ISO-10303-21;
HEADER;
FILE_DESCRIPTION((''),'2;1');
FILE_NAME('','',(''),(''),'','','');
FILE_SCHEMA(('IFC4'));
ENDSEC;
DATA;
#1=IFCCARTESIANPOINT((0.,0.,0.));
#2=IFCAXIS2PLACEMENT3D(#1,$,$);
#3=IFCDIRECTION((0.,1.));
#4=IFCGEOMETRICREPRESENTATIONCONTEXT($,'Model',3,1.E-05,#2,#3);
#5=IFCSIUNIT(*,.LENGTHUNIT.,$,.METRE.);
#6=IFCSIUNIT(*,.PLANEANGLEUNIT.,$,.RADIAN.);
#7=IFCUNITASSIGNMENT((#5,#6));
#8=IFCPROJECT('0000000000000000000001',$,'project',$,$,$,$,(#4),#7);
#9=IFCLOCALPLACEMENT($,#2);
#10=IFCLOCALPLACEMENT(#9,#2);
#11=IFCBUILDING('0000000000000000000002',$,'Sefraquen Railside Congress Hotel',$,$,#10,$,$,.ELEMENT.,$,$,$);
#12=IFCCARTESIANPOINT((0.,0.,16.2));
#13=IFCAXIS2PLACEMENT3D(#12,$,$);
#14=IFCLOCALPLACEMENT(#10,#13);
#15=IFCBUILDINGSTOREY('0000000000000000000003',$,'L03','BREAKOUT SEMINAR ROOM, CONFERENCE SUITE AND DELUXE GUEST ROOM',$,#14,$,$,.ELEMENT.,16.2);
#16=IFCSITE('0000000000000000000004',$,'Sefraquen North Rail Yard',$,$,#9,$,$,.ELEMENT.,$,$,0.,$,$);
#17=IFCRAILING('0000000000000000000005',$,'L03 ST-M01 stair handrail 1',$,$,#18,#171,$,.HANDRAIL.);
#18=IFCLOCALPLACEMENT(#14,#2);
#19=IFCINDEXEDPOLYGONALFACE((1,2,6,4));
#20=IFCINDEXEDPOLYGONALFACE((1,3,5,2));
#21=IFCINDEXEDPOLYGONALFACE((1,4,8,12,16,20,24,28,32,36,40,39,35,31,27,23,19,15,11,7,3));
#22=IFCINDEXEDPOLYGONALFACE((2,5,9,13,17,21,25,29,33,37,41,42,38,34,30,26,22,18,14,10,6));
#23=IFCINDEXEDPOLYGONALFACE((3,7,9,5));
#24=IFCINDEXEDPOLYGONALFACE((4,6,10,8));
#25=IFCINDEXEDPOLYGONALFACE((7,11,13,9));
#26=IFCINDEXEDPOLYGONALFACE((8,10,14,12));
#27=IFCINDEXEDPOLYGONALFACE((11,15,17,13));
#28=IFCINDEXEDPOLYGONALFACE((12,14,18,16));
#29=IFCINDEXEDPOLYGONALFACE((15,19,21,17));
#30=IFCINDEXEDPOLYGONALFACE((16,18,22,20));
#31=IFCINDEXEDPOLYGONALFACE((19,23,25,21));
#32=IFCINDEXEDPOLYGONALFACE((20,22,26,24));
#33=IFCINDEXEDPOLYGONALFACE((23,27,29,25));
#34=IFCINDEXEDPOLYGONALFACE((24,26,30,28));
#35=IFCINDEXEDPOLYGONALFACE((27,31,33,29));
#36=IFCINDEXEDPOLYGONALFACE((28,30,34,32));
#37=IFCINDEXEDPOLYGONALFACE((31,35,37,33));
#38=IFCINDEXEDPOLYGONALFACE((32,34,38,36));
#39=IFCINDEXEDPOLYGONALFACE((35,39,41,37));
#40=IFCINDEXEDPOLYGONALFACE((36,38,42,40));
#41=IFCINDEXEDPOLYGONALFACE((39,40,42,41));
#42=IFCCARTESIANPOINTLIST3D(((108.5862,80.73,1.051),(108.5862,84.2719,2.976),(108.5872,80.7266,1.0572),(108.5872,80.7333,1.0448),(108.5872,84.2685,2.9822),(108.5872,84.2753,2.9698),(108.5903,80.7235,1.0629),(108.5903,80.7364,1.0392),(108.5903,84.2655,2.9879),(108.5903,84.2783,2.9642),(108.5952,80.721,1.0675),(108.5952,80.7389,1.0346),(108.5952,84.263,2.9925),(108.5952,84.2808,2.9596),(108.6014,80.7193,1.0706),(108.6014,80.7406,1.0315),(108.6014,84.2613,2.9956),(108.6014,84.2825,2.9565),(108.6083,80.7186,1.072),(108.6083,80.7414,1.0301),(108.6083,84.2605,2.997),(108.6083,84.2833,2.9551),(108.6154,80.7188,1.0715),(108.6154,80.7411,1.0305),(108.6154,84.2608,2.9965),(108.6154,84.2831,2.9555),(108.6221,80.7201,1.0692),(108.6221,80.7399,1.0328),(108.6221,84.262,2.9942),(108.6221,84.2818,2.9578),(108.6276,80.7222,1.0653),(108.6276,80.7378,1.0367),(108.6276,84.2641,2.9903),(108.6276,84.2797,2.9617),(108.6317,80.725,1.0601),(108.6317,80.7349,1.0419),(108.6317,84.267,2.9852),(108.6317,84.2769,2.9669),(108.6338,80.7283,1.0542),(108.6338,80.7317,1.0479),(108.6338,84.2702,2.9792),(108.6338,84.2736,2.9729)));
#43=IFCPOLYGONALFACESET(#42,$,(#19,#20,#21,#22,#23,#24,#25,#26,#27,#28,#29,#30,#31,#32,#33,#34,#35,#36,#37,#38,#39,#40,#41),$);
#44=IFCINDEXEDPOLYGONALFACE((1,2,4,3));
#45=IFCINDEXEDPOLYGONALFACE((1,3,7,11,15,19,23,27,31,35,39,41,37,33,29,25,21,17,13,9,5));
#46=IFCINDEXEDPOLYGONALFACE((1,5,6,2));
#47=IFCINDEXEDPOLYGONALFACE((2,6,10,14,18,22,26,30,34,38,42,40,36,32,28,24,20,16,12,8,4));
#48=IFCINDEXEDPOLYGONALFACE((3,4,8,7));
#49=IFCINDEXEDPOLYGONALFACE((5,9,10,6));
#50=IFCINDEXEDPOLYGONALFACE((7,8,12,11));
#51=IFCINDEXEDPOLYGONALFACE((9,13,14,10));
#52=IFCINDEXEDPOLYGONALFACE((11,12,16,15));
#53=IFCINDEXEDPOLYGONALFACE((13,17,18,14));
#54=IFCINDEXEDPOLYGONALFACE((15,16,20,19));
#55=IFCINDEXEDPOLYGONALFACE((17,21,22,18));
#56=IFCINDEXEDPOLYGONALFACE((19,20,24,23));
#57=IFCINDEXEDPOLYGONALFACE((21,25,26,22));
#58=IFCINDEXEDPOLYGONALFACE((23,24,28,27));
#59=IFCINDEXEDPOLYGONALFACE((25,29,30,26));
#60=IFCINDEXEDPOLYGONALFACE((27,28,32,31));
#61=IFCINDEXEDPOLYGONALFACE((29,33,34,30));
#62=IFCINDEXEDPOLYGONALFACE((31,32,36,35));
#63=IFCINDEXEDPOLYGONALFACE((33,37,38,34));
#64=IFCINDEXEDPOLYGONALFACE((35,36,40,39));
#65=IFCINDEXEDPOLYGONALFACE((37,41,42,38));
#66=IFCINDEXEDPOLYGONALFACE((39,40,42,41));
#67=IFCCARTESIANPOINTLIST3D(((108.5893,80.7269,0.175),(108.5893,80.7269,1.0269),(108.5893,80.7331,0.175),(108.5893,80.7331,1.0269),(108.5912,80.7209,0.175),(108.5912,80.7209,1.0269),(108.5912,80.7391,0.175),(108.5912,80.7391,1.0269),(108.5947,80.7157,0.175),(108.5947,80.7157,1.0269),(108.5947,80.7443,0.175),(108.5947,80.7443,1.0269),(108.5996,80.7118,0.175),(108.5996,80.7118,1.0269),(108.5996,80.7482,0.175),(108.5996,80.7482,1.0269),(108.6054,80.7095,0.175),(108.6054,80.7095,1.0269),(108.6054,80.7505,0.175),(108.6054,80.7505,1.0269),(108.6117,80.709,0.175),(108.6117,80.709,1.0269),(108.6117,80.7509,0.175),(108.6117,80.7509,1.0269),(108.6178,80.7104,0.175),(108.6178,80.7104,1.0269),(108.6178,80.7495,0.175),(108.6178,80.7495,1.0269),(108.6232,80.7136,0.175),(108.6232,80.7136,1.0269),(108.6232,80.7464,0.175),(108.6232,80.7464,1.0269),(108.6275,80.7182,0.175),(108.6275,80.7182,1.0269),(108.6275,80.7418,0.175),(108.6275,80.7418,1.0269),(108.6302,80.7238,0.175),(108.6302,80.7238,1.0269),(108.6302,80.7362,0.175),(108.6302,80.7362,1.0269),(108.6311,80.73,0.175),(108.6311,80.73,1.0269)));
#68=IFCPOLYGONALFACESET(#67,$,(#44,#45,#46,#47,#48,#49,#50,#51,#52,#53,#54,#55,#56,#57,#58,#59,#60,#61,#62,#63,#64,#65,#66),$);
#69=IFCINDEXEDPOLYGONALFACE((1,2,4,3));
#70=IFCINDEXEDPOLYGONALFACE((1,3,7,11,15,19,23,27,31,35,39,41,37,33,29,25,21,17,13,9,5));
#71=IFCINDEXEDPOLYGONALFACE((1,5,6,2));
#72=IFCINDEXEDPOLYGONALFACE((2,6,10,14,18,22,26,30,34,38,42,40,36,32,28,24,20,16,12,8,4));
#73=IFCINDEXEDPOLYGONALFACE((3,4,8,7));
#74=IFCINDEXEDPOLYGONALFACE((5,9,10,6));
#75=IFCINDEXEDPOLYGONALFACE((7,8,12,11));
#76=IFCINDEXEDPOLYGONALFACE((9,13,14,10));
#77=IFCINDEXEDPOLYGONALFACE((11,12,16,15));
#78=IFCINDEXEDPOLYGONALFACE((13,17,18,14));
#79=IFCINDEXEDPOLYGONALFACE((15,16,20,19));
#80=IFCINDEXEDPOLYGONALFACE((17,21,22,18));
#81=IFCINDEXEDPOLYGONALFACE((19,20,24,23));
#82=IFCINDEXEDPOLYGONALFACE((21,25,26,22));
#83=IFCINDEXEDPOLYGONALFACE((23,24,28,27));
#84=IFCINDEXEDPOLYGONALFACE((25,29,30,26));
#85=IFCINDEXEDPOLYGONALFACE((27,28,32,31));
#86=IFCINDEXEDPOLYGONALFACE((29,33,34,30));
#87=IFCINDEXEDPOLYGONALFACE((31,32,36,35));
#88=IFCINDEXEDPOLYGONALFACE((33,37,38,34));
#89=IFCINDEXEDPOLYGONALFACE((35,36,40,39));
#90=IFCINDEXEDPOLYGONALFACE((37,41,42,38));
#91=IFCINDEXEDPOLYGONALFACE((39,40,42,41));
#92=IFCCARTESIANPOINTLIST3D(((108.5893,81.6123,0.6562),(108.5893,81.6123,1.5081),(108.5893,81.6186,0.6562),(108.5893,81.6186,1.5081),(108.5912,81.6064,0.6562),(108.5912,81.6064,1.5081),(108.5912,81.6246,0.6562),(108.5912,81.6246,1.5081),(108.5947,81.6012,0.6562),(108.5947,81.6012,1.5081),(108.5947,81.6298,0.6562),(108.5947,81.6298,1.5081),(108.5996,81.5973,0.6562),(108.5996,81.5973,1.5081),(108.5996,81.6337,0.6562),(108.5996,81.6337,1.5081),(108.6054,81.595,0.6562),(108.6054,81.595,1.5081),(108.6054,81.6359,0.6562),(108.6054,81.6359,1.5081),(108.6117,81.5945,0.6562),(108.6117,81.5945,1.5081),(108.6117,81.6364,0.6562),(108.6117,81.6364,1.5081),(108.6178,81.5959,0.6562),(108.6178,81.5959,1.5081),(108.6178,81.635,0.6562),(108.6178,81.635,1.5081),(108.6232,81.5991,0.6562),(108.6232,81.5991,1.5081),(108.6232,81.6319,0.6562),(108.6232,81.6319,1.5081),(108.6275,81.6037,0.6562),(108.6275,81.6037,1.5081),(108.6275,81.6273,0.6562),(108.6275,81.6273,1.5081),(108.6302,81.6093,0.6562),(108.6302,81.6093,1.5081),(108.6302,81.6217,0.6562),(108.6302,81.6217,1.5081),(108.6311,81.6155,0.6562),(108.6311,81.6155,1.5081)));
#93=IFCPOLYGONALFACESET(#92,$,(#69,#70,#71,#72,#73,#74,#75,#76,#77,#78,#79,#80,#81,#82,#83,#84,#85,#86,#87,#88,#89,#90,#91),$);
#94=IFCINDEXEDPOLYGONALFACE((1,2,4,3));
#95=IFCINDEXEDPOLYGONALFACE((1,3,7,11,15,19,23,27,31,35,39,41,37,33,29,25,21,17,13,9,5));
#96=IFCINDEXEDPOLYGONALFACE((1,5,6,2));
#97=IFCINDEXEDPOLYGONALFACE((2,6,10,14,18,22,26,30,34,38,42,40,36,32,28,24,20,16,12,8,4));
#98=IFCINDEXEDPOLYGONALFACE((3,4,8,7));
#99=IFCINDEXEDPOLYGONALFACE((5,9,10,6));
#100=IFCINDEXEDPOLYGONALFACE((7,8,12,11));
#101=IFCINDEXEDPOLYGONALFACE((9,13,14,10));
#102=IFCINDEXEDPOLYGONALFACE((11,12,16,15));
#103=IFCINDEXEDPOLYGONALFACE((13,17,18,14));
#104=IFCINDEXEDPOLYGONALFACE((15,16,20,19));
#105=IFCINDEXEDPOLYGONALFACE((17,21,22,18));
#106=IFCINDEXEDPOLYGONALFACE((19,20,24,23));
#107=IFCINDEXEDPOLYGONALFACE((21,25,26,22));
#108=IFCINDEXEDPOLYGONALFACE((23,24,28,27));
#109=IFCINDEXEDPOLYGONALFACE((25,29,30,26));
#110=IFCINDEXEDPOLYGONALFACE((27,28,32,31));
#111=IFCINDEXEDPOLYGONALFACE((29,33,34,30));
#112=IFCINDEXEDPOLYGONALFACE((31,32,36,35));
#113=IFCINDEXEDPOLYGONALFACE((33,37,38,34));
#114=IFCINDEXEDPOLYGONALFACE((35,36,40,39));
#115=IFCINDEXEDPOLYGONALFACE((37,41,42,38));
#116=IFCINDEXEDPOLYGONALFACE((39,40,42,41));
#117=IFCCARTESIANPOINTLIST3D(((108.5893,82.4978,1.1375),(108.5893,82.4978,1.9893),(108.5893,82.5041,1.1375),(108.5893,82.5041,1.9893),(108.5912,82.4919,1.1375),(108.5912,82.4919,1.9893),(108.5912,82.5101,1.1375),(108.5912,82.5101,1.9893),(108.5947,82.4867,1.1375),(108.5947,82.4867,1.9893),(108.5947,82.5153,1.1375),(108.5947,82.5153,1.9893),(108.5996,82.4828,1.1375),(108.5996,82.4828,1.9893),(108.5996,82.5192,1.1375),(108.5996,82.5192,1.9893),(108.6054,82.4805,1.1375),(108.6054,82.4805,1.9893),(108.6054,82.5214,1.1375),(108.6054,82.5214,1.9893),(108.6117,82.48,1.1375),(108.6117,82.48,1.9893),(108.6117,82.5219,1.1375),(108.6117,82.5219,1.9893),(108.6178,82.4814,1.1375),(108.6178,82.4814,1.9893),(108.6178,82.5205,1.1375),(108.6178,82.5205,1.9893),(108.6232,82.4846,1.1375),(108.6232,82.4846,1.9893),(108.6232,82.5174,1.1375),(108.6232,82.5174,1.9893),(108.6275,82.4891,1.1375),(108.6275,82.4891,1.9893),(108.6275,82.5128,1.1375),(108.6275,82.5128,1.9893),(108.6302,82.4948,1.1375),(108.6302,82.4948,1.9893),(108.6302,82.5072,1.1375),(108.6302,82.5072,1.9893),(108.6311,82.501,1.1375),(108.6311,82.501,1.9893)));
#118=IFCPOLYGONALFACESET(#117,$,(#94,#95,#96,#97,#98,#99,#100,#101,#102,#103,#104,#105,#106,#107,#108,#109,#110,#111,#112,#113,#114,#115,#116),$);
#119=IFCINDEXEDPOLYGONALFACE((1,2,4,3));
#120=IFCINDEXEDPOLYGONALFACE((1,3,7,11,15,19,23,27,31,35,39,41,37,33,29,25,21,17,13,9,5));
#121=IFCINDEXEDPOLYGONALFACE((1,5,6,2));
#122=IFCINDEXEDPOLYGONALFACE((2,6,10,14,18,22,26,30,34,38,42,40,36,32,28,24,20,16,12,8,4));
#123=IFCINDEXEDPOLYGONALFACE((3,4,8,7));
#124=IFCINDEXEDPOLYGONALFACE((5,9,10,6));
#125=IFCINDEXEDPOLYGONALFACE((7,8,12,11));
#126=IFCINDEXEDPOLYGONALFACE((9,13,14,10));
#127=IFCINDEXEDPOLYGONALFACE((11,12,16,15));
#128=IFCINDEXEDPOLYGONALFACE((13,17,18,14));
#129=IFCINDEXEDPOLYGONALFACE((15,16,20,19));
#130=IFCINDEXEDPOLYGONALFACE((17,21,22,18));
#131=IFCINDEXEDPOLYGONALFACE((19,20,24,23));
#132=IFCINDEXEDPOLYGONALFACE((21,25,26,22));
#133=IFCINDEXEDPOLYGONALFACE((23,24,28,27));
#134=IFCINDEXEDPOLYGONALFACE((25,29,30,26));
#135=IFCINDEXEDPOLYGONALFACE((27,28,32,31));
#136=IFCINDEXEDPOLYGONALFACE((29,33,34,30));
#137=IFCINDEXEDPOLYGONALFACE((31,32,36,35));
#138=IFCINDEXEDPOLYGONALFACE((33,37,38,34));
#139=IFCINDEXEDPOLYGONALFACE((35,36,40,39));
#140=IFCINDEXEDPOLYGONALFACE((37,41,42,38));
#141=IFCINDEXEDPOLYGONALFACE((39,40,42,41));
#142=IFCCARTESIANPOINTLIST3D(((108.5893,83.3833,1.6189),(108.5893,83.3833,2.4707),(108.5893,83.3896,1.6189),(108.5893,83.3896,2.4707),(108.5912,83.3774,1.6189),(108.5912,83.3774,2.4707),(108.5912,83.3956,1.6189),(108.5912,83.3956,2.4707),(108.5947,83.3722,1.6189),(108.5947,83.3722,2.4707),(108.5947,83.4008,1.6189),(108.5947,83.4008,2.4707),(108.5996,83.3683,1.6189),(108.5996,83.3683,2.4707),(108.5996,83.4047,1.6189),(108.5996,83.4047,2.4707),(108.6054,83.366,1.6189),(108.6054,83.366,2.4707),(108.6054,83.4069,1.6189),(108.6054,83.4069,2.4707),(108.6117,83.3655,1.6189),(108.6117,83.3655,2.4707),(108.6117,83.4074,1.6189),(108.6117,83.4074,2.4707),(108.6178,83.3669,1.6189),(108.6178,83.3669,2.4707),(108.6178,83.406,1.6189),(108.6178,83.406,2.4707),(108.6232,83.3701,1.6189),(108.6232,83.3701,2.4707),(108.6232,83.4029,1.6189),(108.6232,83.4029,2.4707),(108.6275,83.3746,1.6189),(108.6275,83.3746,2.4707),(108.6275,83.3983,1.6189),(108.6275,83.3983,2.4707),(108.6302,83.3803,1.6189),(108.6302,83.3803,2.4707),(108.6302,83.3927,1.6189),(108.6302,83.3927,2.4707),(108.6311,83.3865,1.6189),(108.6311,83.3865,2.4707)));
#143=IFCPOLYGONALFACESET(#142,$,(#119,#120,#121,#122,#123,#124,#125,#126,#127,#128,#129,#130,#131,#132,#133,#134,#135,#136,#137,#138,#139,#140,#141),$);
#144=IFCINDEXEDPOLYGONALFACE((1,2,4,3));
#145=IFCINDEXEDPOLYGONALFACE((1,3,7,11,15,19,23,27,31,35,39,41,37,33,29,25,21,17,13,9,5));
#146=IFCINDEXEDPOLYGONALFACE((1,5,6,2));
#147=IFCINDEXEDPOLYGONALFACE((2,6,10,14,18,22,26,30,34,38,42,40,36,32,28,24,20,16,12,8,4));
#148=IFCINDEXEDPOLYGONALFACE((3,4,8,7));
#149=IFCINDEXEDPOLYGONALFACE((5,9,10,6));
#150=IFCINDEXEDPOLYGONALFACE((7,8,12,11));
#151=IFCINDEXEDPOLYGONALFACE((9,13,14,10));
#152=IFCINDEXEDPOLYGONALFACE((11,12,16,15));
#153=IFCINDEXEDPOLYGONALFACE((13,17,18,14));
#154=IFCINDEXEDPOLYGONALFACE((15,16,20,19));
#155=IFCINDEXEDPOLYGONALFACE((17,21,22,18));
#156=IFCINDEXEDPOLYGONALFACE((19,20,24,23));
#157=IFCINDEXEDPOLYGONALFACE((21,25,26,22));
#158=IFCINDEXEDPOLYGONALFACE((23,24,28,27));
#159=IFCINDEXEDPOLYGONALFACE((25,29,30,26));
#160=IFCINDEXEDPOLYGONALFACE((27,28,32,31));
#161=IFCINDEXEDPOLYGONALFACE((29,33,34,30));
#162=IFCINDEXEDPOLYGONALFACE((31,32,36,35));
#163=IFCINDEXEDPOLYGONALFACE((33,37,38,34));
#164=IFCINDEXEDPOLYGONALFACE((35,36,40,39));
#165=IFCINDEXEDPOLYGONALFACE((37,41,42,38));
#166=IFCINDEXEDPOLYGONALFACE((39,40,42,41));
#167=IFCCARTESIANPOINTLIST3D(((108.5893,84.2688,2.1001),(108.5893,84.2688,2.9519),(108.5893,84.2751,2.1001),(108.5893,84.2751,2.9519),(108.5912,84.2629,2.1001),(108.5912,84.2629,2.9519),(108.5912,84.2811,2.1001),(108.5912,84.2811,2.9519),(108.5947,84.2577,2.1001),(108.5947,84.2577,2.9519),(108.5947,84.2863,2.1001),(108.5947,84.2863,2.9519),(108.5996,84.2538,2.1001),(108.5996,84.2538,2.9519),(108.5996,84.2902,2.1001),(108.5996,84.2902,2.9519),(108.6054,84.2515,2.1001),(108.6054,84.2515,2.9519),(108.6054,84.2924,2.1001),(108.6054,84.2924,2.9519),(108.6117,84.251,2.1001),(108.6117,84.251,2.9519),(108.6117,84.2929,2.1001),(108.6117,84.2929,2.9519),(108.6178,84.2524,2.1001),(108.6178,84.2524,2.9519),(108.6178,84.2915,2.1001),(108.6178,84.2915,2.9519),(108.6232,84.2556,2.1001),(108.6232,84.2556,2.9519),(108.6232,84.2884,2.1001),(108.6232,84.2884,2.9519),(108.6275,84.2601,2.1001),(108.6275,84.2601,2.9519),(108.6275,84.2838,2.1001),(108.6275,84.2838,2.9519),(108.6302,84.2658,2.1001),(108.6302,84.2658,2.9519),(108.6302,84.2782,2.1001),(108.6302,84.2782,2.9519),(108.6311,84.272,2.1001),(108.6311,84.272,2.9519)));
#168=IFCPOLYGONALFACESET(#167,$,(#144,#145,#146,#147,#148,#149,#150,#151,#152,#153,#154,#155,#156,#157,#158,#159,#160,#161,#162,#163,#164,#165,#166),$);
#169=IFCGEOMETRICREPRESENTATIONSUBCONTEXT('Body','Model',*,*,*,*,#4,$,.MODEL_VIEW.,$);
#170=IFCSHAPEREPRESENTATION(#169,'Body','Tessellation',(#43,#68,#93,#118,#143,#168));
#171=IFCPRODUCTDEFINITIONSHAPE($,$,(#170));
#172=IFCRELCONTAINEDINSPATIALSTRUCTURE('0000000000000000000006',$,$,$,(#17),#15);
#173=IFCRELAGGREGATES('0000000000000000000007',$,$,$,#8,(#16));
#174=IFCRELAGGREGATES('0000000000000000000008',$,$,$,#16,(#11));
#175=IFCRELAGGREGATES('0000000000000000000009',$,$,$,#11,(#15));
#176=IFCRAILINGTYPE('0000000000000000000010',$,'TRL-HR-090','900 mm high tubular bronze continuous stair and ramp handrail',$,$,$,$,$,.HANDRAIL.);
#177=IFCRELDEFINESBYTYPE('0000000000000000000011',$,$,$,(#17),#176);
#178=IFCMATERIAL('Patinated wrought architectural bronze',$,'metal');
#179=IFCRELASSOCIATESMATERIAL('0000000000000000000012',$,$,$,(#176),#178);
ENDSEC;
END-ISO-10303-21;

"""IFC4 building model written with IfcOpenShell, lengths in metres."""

from ifc_helpers import new_model, si_unit, direction, frame, origin, origin_2d, place, context, subcontext, project, spatial, circle, extrude, material, type_object, element, save


model = new_model("IFC4")

# Units and contexts
model_context = context("Model", 3, precision=1e-05, world=origin(), true_north=direction((0.0, 1.0)))
body_context = subcontext(model_context, "Body", "Model", "MODEL_VIEW")
ifc_project = project(units=[si_unit("LENGTHUNIT", "METRE"), si_unit("PLANEANGLEUNIT", "RADIAN")], contexts=[model_context])

# Site, building, storey
site_placement = place(None, origin())
site = spatial("IfcSite", under=ifc_project, at=site_placement, Name="Sefraquen North Rail Yard", CompositionType="ELEMENT", RefElevation=0.0)
building_placement = place(site_placement, origin())
building = spatial("IfcBuilding", under=site, at=building_placement, Name="Sefraquen Railside Congress Hotel", CompositionType="ELEMENT")
storey_placement = place(building_placement, frame((0.0, 0.0, 16.2)))
storey = spatial("IfcBuildingStorey", under=building, at=storey_placement, Name="L03", Description="BREAKOUT SEMINAR ROOM, CONFERENCE SUITE AND DELUXE GUEST ROOM", CompositionType="ELEMENT", Elevation=16.2)

# Railing
ifc_material_1 = material(Name="Patinated wrought architectural bronze", Category="metal")
railing_type_1 = type_object("IfcRailingType", Name="TRL-HR-090", Description="900 mm high tubular bronze continuous stair and ramp handrail", PredefinedType="HANDRAIL", material=ifc_material_1)
railing_1_placement = place(storey_placement, frame((108.6101, 80.73, 0.175)))
element("IfcRailing", 1, at=railing_1_placement, inside=storey, type_object=railing_type_1, Name="L03 ST-M01 stair handrail 1", PredefinedType="HANDRAIL", context=body_context, shape_type="SweptSolid", body=[
    extrude(circle(Radius=0.0239, at=origin_2d()), frame((0.0, 0.0, 0.876), z_axis=(0.0, 0.878619, 0.477523), x_axis=(-1.0, 0.0, 0.0)), (0.0, 0.0, 1.0), 4.0312),
    extrude(circle(Radius=0.021, at=origin_2d()), origin(), (0.0, 0.0, 1.0), 0.8518),
    extrude(circle(Radius=0.021, at=origin_2d()), frame((0.0, 0.8855, 0.4812)), (0.0, 0.0, 1.0), 0.8518),
    extrude(circle(Radius=0.021, at=origin_2d()), frame((0.0, 1.771, 0.9624)), (0.0, 0.0, 1.0), 0.8518),
    extrude(circle(Radius=0.021, at=origin_2d()), frame((0.0, 2.6565, 1.4438)), (0.0, 0.0, 1.0), 0.8518),
    extrude(circle(Radius=0.021, at=origin_2d()), frame((0.0, 3.542, 1.925)), (0.0, 0.0, 1.0), 0.8518),
])

save(model, "model.ifc")
